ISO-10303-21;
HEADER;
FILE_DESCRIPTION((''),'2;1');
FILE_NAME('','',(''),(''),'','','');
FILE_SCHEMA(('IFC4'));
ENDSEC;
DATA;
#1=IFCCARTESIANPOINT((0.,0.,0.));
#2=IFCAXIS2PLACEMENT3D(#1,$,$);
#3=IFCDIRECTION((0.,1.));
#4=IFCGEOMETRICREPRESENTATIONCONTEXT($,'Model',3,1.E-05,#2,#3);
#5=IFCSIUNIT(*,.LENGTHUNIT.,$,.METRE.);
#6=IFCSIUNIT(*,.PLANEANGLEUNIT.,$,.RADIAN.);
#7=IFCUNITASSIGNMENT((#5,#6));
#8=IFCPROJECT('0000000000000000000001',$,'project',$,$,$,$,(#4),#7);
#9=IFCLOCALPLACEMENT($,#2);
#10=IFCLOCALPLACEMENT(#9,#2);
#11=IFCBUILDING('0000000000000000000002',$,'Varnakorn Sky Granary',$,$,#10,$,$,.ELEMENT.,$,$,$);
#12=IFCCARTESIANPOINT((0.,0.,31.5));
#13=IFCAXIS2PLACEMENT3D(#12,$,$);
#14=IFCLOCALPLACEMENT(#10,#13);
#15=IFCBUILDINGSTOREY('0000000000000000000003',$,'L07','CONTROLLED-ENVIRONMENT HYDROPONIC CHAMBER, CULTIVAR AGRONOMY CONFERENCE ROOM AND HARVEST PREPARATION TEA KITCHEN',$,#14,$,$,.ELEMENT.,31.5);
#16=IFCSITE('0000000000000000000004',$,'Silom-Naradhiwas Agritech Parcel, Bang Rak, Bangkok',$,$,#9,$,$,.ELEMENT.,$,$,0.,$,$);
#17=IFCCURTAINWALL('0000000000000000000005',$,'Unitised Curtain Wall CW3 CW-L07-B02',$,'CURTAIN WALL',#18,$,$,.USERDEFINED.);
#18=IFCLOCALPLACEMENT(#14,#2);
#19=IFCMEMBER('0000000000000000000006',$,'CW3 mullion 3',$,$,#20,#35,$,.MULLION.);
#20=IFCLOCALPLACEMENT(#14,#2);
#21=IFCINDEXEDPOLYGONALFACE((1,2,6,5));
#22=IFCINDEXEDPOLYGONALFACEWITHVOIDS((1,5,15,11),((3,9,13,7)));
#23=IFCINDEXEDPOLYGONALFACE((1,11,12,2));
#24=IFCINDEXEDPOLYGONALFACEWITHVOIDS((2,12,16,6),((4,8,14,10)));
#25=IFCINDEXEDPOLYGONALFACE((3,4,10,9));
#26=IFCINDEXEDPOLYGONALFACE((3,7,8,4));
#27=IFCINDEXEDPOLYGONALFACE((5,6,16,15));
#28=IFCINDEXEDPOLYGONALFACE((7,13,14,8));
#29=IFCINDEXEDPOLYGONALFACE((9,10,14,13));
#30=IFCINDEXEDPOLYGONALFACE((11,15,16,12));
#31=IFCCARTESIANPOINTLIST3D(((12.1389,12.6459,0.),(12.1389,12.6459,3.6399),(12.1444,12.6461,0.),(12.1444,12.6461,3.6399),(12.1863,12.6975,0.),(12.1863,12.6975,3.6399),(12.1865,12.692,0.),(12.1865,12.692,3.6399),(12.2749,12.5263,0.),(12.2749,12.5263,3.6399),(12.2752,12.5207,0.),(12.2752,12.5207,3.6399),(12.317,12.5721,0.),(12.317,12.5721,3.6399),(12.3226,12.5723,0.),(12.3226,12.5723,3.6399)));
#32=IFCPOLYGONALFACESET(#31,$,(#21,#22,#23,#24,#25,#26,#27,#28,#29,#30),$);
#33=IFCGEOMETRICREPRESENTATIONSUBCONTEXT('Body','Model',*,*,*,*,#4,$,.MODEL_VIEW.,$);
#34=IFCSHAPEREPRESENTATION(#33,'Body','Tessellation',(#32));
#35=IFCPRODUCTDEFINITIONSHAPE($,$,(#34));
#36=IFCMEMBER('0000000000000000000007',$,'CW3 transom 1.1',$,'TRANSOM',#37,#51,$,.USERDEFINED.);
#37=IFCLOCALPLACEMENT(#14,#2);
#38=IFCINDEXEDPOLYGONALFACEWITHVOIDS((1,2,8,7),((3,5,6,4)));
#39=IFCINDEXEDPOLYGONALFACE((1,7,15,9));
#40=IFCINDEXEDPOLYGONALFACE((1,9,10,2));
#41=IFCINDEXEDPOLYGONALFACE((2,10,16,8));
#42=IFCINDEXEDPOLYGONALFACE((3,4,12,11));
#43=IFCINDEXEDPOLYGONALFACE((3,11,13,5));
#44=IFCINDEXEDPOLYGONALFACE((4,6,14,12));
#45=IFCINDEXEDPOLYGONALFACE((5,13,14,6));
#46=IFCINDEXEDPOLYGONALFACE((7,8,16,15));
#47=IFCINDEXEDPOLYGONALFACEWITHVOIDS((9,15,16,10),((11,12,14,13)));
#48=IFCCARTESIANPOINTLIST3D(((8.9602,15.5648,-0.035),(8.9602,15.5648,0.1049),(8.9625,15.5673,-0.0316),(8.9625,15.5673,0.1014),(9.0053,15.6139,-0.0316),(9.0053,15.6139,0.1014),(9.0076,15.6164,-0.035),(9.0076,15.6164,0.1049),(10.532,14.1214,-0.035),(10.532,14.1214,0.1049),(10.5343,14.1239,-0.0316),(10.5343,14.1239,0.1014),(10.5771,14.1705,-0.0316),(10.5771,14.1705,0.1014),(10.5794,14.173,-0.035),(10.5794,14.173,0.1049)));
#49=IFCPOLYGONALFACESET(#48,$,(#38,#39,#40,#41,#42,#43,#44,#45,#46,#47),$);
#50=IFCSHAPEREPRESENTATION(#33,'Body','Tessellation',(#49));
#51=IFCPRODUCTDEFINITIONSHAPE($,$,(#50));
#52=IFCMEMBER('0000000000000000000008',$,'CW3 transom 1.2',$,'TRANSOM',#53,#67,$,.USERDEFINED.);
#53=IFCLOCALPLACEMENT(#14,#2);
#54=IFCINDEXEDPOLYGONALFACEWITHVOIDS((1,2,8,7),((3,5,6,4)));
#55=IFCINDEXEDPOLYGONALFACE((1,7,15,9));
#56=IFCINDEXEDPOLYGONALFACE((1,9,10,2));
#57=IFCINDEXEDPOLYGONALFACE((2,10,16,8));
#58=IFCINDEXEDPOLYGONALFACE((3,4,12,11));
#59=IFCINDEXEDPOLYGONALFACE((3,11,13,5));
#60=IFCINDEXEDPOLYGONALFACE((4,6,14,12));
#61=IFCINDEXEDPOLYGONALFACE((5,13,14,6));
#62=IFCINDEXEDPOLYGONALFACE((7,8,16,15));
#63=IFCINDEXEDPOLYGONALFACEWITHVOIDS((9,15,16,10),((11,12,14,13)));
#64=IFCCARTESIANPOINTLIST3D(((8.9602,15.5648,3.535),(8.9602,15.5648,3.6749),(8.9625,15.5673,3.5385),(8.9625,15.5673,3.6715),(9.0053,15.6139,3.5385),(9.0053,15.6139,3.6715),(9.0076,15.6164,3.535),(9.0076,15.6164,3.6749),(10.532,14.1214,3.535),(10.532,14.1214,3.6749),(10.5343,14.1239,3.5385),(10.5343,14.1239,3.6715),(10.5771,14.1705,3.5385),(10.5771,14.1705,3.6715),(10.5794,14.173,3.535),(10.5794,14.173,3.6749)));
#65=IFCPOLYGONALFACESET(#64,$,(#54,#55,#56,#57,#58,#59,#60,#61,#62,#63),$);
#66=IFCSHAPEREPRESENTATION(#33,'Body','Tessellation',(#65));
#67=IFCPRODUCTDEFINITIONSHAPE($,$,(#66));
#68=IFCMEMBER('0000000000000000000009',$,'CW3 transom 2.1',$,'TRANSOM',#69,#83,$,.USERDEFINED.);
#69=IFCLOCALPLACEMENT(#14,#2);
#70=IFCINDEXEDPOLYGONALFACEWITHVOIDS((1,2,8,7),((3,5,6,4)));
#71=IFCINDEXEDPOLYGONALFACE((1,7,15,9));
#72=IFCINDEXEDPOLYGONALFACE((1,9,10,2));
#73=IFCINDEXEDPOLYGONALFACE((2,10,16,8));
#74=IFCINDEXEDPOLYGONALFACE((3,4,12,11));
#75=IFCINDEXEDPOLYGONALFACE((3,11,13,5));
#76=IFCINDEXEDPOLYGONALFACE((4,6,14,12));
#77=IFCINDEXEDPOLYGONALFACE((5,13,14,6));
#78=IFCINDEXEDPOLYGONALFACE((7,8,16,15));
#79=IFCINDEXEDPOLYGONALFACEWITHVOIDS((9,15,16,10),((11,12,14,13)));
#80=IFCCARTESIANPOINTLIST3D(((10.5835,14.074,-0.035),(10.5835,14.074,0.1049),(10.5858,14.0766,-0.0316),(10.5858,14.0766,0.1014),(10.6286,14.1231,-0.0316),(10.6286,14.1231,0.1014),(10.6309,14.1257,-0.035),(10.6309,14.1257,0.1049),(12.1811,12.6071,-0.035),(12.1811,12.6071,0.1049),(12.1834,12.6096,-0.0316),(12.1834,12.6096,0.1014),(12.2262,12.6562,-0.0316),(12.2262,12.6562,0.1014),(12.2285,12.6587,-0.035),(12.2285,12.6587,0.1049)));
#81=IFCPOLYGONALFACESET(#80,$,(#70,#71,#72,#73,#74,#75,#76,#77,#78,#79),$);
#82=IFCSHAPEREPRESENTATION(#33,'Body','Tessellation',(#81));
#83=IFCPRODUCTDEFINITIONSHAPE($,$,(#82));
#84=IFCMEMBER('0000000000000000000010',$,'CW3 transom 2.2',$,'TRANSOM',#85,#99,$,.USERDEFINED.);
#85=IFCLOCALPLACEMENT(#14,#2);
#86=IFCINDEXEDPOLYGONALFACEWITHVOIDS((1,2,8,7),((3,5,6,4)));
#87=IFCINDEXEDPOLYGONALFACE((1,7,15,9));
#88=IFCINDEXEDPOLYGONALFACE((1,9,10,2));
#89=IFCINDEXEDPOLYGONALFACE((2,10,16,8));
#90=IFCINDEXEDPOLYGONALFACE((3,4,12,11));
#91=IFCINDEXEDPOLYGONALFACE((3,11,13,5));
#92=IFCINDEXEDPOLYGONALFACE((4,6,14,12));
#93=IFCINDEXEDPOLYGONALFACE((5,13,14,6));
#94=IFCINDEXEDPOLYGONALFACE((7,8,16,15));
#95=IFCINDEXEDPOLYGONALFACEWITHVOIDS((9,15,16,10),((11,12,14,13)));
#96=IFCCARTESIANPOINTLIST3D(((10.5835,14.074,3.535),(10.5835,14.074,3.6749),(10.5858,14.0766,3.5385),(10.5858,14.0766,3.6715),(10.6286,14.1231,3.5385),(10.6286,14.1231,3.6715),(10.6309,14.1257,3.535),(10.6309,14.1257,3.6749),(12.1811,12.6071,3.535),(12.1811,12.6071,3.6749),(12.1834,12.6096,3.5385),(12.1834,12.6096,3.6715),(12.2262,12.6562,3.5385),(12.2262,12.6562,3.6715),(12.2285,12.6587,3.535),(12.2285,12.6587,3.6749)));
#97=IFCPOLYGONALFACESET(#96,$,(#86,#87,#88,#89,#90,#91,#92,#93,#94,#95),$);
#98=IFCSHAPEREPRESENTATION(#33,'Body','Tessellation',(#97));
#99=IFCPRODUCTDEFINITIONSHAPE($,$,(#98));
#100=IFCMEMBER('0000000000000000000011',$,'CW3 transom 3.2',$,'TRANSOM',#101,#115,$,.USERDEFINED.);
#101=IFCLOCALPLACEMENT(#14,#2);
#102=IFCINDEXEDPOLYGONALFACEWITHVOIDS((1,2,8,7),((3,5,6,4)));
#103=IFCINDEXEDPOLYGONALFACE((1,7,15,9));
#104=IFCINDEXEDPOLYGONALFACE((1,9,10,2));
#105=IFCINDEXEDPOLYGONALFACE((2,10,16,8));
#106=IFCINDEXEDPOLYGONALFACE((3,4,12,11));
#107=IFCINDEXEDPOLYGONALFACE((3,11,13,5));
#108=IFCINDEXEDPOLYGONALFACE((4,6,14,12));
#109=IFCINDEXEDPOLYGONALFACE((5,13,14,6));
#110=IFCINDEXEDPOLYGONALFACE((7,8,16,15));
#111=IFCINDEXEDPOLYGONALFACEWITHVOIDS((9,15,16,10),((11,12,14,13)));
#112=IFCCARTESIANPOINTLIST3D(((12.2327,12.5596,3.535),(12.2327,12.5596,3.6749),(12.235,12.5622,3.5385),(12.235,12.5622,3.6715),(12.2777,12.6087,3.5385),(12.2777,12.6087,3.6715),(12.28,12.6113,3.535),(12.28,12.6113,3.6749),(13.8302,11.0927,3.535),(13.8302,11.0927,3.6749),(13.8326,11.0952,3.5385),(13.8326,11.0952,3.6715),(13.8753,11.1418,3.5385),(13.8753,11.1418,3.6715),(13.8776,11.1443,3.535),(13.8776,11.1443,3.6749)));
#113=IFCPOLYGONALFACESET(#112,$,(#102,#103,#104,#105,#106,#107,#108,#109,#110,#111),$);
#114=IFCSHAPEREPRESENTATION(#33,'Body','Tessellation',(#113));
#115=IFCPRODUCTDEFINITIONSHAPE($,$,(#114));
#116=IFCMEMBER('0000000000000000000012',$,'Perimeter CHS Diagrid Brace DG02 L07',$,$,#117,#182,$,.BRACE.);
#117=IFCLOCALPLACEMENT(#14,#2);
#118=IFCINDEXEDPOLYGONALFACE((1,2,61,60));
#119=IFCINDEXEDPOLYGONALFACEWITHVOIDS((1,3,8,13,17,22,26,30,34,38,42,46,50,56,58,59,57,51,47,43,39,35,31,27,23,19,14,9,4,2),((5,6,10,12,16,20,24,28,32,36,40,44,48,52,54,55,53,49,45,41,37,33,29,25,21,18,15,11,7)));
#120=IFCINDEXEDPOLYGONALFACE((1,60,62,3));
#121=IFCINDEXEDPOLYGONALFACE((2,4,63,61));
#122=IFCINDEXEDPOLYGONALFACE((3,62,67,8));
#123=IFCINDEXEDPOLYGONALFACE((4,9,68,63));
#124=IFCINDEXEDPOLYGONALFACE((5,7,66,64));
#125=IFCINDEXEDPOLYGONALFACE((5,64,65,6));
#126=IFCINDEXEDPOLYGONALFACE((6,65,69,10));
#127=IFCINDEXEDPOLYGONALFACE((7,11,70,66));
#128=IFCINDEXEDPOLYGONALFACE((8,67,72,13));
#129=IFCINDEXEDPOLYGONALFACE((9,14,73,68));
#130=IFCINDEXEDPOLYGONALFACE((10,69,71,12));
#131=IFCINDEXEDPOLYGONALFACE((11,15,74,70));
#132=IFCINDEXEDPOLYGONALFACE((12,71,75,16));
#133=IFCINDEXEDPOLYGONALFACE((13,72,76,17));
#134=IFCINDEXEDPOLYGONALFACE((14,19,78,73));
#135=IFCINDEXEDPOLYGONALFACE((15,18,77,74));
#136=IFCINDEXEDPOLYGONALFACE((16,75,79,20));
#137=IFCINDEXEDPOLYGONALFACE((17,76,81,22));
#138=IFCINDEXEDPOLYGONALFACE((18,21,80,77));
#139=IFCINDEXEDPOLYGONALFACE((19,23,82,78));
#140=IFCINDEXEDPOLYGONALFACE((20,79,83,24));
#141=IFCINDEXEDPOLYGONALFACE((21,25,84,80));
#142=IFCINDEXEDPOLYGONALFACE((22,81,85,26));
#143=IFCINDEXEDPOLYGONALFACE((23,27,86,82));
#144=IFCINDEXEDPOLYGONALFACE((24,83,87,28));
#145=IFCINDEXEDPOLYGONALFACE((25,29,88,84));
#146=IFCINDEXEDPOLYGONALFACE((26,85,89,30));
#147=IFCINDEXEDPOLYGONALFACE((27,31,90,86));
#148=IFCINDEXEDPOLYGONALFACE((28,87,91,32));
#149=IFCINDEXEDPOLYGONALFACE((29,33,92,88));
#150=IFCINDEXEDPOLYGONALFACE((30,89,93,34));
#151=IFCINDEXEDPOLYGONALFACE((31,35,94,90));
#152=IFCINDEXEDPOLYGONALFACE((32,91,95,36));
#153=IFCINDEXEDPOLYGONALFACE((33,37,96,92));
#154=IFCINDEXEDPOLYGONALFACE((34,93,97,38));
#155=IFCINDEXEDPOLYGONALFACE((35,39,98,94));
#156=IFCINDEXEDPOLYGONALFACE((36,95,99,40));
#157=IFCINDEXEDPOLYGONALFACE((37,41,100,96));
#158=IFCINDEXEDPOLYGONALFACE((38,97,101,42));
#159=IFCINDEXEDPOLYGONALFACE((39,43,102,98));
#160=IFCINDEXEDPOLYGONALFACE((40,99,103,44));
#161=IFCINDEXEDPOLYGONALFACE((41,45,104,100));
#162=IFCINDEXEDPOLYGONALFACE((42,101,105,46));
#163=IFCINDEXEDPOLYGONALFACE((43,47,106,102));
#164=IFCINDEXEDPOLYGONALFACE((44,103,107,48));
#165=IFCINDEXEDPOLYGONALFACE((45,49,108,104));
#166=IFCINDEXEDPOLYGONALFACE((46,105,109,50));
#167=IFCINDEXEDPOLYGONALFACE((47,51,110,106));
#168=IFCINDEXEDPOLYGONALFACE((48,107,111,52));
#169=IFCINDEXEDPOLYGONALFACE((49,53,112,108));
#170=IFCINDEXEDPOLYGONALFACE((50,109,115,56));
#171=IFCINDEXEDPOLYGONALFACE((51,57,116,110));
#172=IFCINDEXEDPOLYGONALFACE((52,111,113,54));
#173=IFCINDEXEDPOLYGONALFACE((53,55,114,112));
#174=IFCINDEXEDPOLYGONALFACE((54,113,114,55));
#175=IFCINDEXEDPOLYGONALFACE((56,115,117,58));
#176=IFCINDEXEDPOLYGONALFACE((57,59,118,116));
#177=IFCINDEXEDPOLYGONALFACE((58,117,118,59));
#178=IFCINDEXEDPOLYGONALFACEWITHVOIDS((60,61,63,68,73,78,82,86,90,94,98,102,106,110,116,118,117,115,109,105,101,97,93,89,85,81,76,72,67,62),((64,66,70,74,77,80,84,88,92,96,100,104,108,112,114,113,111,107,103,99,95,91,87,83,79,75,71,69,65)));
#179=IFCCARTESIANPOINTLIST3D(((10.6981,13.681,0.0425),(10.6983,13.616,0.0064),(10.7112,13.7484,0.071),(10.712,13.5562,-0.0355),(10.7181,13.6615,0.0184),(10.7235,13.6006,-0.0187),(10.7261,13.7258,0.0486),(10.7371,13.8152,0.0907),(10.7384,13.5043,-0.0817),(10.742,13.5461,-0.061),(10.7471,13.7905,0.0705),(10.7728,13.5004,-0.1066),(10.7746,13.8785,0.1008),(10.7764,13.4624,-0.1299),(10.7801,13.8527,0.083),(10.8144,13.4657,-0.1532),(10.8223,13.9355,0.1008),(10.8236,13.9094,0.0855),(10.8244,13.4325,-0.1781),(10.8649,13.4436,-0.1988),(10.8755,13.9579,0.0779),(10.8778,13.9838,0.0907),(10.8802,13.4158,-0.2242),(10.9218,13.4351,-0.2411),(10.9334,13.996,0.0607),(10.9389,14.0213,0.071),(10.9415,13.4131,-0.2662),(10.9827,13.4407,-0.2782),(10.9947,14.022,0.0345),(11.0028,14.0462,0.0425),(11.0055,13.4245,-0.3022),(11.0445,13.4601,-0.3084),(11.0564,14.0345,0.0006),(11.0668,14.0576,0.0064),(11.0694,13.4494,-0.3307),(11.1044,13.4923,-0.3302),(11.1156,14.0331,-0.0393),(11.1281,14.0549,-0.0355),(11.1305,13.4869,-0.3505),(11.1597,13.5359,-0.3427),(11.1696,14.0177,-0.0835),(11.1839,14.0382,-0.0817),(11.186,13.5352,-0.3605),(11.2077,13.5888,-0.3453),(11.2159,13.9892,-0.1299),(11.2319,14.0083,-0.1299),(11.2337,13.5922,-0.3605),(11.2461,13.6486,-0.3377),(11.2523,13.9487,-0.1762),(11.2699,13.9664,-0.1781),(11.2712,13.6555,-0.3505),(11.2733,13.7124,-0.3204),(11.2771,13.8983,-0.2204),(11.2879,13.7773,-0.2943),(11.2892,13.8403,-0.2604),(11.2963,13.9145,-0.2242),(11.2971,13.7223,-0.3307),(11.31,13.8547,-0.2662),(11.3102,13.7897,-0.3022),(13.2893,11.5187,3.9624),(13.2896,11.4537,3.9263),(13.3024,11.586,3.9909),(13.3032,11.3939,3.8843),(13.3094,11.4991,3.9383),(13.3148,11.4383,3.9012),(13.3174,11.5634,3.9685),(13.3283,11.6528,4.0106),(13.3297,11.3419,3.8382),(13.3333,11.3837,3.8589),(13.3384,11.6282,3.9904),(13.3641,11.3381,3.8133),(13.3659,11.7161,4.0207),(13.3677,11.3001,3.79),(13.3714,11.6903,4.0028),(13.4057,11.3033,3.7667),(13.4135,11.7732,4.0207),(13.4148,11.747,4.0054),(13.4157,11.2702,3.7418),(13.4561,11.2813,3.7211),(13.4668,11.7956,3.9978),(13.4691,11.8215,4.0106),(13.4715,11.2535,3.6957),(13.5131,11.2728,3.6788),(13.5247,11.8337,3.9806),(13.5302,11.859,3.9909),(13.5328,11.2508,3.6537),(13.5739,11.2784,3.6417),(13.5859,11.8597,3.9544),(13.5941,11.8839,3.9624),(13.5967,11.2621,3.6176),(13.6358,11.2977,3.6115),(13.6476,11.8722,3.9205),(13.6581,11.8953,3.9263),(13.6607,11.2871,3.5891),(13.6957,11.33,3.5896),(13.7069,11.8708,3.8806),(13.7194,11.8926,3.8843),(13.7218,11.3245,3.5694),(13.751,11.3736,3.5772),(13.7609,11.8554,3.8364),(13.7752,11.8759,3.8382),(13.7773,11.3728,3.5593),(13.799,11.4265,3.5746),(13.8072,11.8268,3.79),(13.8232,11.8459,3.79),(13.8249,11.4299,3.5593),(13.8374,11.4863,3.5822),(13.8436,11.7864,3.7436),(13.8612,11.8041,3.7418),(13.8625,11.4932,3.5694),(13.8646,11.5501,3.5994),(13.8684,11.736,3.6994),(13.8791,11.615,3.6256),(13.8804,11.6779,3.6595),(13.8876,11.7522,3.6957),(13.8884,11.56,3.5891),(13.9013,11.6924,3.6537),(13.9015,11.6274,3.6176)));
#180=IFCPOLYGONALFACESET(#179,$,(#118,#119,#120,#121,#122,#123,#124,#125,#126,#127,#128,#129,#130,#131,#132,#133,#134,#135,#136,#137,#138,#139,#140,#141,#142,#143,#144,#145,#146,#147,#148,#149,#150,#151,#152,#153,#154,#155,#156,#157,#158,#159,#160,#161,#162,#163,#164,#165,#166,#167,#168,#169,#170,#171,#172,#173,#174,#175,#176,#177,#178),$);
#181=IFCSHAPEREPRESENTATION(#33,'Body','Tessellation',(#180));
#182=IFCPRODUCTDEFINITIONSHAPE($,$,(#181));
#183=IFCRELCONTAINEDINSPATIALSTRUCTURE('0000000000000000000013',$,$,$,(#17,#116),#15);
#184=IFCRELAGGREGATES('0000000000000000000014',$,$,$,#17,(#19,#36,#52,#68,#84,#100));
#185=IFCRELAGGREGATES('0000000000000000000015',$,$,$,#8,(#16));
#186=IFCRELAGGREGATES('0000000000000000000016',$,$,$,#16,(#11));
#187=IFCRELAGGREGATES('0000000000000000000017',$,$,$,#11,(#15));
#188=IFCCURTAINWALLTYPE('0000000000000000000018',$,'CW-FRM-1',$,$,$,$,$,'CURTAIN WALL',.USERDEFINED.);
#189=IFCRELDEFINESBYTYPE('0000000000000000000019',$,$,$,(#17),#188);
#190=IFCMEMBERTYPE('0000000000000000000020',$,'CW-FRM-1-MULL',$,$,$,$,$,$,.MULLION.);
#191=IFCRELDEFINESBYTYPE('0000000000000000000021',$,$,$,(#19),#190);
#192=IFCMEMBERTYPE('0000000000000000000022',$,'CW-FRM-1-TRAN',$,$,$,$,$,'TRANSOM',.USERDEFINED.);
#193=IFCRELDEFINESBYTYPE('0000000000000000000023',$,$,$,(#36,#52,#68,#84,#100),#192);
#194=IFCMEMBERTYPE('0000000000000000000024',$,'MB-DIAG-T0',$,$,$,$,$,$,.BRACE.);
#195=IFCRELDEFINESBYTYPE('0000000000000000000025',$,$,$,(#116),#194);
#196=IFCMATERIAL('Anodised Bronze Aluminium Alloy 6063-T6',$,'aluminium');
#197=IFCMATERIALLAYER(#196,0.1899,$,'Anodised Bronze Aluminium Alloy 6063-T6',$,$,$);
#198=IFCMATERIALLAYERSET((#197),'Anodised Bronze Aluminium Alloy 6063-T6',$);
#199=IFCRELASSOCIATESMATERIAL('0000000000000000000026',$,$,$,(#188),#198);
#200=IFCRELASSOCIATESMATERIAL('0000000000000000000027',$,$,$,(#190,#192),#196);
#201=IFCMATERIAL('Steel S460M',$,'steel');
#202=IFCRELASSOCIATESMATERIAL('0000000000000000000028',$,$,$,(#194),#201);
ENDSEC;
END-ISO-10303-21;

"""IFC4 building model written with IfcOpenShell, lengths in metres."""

from ifc_helpers import new_model, si_unit, direction, frame, origin, origin_2d, place, context, subcontext, project, spatial, hollow_rectangle, hollow_circle, extrude, material, layer, layer_set, material_profile, profile_set, type_object, element, aggregate, save


model = new_model("IFC4")

# Units and contexts
model_context = context("Model", 3, precision=1e-05, world=origin(), true_north=direction((0.0, 1.0)))
body_context = subcontext(model_context, "Body", "Model", "MODEL_VIEW")
ifc_project = project(units=[si_unit("LENGTHUNIT", "METRE"), si_unit("PLANEANGLEUNIT", "RADIAN")], contexts=[model_context])

# Site, building, storey
site_placement = place(None, origin())
site = spatial("IfcSite", under=ifc_project, at=site_placement, Name="Silom-Naradhiwas Agritech Parcel, Bang Rak, Bangkok", CompositionType="ELEMENT", RefElevation=0.0)
building_placement = place(site_placement, origin())
building = spatial("IfcBuilding", under=site, at=building_placement, Name="Varnakorn Sky Granary", CompositionType="ELEMENT")
storey_placement = place(building_placement, frame((0.0, 0.0, 31.5)))
storey = spatial("IfcBuildingStorey", under=building, at=storey_placement, Name="L07", Description="CONTROLLED-ENVIRONMENT HYDROPONIC CHAMBER, CULTIVAR AGRONOMY CONFERENCE ROOM AND HARVEST PREPARATION TEA KITCHEN", CompositionType="ELEMENT", Elevation=31.5)

# Shared definitions
ifc_material_1 = material(Name="Steel S460M", Category="steel")

# Curtain wall, members
ifc_material_2 = material(Name="Anodised Bronze Aluminium Alloy 6063-T6", Category="aluminium")
ifc_layer_1 = layer(ifc_material_2, 0.1899, Name="Anodised Bronze Aluminium Alloy 6063-T6")
ifc_layer_set_1 = layer_set([ifc_layer_1], Name="Anodised Bronze Aluminium Alloy 6063-T6")
curtain_wall_type = type_object("IfcCurtainWallType", Name="CW-FRM-1", ElementType="CURTAIN WALL", PredefinedType="USERDEFINED", material=ifc_layer_set_1)
curtain_wall_placement = place(storey_placement, origin())
curtain_wall = element("IfcCurtainWall", 1, at=curtain_wall_placement, inside=storey, type_object=curtain_wall_type, Name="Unitised Curtain Wall CW3 CW-L07-B02", ObjectType="CURTAIN WALL", PredefinedType="USERDEFINED")
ifc_material_profile_1 = material_profile(ifc_material_2, hollow_rectangle(XDim=0.0701, YDim=0.1851, WallThickness=0.0039, at=origin_2d()), Name="ALU MULL 70x185")
ifc_profile_set_1 = profile_set([ifc_material_profile_1], Name="Anodised Bronze Aluminium Alloy 6063-T6")
member_type_1 = type_object("IfcMemberType", Name="CW-FRM-1-MULL", PredefinedType="MULLION", material=ifc_profile_set_1)
member_1_placement = place(storey_placement, frame((12.2307, 12.6091, 0.0), z_axis=(0.0, 0.0, 1.0), x_axis=(0.676387, 0.736547, 0.0)))
member_1 = element("IfcMember", 2, at=member_1_placement, type_object=member_type_1, Name="CW3 mullion 3", PredefinedType="MULLION", context=body_context, shape_type="SweptSolid", body=[
    extrude(hollow_rectangle(XDim=0.0701, YDim=0.1851, WallThickness=0.0039, at=origin_2d()), origin(), (0.0, 0.0, 1.0), 3.6399),
])
ifc_material_profile_2 = material_profile(ifc_material_2, hollow_rectangle(XDim=0.0701, YDim=0.1399, WallThickness=0.0034, at=origin_2d()), Name="ALU TRAN 70x140")
ifc_profile_set_2 = profile_set([ifc_material_profile_2], Name="Anodised Bronze Aluminium Alloy 6063-T6")
member_type_2 = type_object("IfcMemberType", Name="CW-FRM-1-TRAN", ElementType="TRANSOM", PredefinedType="USERDEFINED", material=ifc_profile_set_2)
member_2_placement = place(storey_placement, frame((8.9839, 15.5906, 0.0349), z_axis=(0.736555, -0.676377, 0.0), x_axis=(0.676377, 0.736555, 0.0)))
member_2 = element("IfcMember", 3, at=member_2_placement, type_object=member_type_2, Name="CW3 transom 1.1", ObjectType="TRANSOM", PredefinedType="USERDEFINED", context=body_context, shape_type="SweptSolid", body=[
    extrude(hollow_rectangle(XDim=0.0701, YDim=0.1399, WallThickness=0.0034, at=origin_2d()), origin(), (0.0, 0.0, 1.0), 2.134),
])
member_3_placement = place(storey_placement, frame((8.9839, 15.5906, 3.605), z_axis=(0.736555, -0.676377, 0.0), x_axis=(0.676377, 0.736555, 0.0)))
member_3 = element("IfcMember", 4, at=member_3_placement, type_object=member_type_2, Name="CW3 transom 1.2", ObjectType="TRANSOM", PredefinedType="USERDEFINED", context=body_context, shape_type="SweptSolid", body=[
    extrude(hollow_rectangle(XDim=0.0701, YDim=0.1399, WallThickness=0.0034, at=origin_2d()), origin(), (0.0, 0.0, 1.0), 2.134),
])
member_4_placement = place(storey_placement, frame((10.6072, 14.0999, 0.0349), z_axis=(0.736575, -0.676356, 0.0), x_axis=(0.676356, 0.736575, 0.0)))
member_4 = element("IfcMember", 5, at=member_4_placement, type_object=member_type_2, Name="CW3 transom 2.1", ObjectType="TRANSOM", PredefinedType="USERDEFINED", context=body_context, shape_type="SweptSolid", body=[
    extrude(hollow_rectangle(XDim=0.0701, YDim=0.1399, WallThickness=0.0034, at=origin_2d()), origin(), (0.0, 0.0, 1.0), 2.1689),
])
member_5_placement = place(storey_placement, frame((10.6072, 14.0999, 3.605), z_axis=(0.736575, -0.676356, 0.0), x_axis=(0.676356, 0.736575, 0.0)))
member_5 = element("IfcMember", 6, at=member_5_placement, type_object=member_type_2, Name="CW3 transom 2.2", ObjectType="TRANSOM", PredefinedType="USERDEFINED", context=body_context, shape_type="SweptSolid", body=[
    extrude(hollow_rectangle(XDim=0.0701, YDim=0.1399, WallThickness=0.0034, at=origin_2d()), origin(), (0.0, 0.0, 1.0), 2.1689),
])
member_6_placement = place(storey_placement, frame((12.2563, 12.5854, 3.605), z_axis=(0.736575, -0.676356, 0.0), x_axis=(0.676356, 0.736575, 0.0)))
member_6 = element("IfcMember", 7, at=member_6_placement, type_object=member_type_2, Name="CW3 transom 3.2", ObjectType="TRANSOM", PredefinedType="USERDEFINED", context=body_context, shape_type="SweptSolid", body=[
    extrude(hollow_rectangle(XDim=0.0701, YDim=0.1399, WallThickness=0.0034, at=origin_2d()), origin(), (0.0, 0.0, 1.0), 2.1689),
])

# Member
ifc_material_profile_3 = material_profile(ifc_material_1, hollow_circle(Radius=0.3555, WallThickness=0.0249, at=origin_2d()), Name="CHS 711x25")
ifc_profile_set_3 = profile_set([ifc_material_profile_3], Name="Steel S460M")
member_type_3 = type_object("IfcMemberType", Name="MB-DIAG-T0", PredefinedType="BRACE", material=ifc_profile_set_3)
member_7_placement = place(storey_placement, frame((11.0042, 13.7354, -0.1299), z_axis=(0.500962, -0.418035, 0.757815), x_axis=(0.640697, 0.767794, 0.0)))
element("IfcMember", 8, at=member_7_placement, inside=storey, type_object=member_type_3, Name="Perimeter CHS Diagrid Brace DG02 L07", PredefinedType="BRACE", context=body_context, shape_type="SweptSolid", body=[
    extrude(hollow_circle(Radius=0.3555, WallThickness=0.0249, at=origin_2d()), origin(), (0.0, 0.0, 1.0), 5.1726),
])

aggregate(curtain_wall, [member_1, member_2, member_3, member_4, member_5, member_6])

save(model, "model.ifc")
